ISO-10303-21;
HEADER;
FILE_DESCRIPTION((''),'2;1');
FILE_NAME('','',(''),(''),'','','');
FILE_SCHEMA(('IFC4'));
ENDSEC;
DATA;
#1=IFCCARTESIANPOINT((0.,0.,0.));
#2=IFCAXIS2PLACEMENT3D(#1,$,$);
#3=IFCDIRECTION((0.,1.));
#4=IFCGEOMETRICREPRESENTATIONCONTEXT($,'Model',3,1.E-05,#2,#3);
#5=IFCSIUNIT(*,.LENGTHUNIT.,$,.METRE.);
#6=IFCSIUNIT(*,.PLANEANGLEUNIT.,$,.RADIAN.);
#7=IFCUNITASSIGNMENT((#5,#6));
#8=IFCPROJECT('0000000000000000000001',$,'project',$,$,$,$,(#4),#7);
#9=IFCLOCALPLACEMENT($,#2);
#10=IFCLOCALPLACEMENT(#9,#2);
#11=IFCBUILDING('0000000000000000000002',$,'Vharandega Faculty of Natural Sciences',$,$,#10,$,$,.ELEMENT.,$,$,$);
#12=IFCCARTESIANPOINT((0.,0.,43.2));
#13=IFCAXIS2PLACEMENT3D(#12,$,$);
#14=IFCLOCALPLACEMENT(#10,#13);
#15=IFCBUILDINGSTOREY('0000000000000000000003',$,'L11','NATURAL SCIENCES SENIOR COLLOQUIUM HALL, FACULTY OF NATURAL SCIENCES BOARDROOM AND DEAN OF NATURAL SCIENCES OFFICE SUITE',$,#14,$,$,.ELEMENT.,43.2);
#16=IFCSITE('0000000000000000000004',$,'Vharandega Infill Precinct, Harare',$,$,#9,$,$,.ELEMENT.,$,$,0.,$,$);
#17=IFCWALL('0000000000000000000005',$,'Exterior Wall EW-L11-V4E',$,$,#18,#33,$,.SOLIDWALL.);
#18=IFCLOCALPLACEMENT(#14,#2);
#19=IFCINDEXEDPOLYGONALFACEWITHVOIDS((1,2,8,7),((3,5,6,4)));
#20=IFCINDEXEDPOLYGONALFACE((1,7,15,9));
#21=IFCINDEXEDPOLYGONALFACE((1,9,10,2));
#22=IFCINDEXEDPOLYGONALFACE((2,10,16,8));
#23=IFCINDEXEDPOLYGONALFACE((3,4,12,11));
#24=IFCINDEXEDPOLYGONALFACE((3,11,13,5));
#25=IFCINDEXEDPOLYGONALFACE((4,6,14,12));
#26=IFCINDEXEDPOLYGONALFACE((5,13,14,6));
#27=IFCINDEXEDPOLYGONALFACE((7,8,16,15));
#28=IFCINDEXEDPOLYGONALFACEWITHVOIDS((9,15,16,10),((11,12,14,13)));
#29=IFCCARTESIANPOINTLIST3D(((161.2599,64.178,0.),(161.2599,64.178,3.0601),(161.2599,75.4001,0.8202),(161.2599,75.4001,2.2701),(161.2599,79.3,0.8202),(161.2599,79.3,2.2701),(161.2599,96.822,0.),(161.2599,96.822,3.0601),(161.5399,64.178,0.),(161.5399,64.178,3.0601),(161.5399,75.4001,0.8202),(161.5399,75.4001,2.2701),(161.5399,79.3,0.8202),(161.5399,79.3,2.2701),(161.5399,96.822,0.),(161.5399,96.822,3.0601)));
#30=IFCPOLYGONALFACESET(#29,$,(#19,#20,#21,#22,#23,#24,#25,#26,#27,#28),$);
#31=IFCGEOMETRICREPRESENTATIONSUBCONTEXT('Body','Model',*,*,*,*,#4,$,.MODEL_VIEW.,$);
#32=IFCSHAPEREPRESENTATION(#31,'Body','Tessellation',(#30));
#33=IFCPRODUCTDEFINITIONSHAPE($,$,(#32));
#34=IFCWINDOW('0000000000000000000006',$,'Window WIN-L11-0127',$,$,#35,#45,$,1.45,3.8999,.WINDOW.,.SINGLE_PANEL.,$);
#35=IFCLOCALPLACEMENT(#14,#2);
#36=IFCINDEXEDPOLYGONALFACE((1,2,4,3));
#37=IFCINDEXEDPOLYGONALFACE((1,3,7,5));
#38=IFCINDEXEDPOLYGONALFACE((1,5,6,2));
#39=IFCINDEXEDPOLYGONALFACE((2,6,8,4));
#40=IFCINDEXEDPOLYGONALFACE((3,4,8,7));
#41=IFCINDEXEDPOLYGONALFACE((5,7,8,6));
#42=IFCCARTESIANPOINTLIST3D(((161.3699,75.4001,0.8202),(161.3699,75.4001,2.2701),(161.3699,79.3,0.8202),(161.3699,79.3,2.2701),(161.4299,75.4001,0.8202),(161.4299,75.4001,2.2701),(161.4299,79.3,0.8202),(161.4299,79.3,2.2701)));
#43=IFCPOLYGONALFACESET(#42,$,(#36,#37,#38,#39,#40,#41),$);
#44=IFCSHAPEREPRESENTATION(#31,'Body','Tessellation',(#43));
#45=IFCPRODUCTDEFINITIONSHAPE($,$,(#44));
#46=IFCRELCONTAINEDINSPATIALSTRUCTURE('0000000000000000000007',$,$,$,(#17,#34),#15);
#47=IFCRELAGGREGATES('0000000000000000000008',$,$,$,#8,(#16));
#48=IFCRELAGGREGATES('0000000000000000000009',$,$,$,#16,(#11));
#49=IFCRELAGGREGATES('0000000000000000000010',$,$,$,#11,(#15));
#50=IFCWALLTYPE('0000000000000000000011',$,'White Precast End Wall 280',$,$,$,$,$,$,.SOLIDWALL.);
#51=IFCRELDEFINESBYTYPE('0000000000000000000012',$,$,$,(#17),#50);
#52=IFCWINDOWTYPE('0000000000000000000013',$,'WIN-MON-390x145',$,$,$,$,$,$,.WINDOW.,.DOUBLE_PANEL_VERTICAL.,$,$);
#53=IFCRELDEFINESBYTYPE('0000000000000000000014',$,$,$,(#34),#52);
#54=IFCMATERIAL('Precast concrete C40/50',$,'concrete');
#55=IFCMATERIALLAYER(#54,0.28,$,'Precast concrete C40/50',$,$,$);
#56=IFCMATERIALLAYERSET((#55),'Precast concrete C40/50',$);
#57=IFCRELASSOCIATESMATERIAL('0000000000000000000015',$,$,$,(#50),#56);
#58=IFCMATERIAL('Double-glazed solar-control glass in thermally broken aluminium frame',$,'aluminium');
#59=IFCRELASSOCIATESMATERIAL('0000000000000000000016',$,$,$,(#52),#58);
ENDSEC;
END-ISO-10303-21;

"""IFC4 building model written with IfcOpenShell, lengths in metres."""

from ifc_helpers import new_model, si_unit, direction, frame, frame_2d, origin, place, context, subcontext, project, spatial, rectangle, extrude, material, layer, layer_set, type_object, element, fill, save


model = new_model("IFC4")

# Units and contexts
model_context = context("Model", 3, precision=1e-05, world=origin(), true_north=direction((0.0, 1.0)))
body_context = subcontext(model_context, "Body", "Model", "MODEL_VIEW")
ifc_project = project(units=[si_unit("LENGTHUNIT", "METRE"), si_unit("PLANEANGLEUNIT", "RADIAN")], contexts=[model_context])

# Site, building, storey
site_placement = place(None, origin())
site = spatial("IfcSite", under=ifc_project, at=site_placement, Name="Vharandega Infill Precinct, Harare", CompositionType="ELEMENT", RefElevation=0.0)
building_placement = place(site_placement, origin())
building = spatial("IfcBuilding", under=site, at=building_placement, Name="Vharandega Faculty of Natural Sciences", CompositionType="ELEMENT")
storey_placement = place(building_placement, frame((0.0, 0.0, 43.2)))
storey = spatial("IfcBuildingStorey", under=building, at=storey_placement, Name="L11", Description="NATURAL SCIENCES SENIOR COLLOQUIUM HALL, FACULTY OF NATURAL SCIENCES BOARDROOM AND DEAN OF NATURAL SCIENCES OFFICE SUITE", CompositionType="ELEMENT", Elevation=43.2)

# Wall, opening, window
ifc_material_1 = material(Name="Precast concrete C40/50", Category="concrete")
ifc_layer_1 = layer(ifc_material_1, 0.28, Name="Precast concrete C40/50")
ifc_layer_set_1 = layer_set([ifc_layer_1], Name="Precast concrete C40/50")
wall_type_1 = type_object("IfcWallType", Name="White Precast End Wall 280", PredefinedType="SOLIDWALL", material=ifc_layer_set_1)
wall_1_placement = place(storey_placement, frame((161.3999, 96.822, 0.0), z_axis=(0.0, 0.0, 1.0), x_axis=(0.0, -1.0, 0.0)))
wall_1 = element("IfcWall", 1, at=wall_1_placement, inside=storey, type_object=wall_type_1, Name="Exterior Wall EW-L11-V4E", PredefinedType="SOLIDWALL", context=body_context, shape_type="SweptSolid", body=[
    extrude(rectangle(XDim=32.644, YDim=0.28, at=frame_2d((16.322, 0.0))), origin(), (0.0, 0.0, 1.0), 3.0601),
])
opening_1_placement = place(wall_1_placement, frame((17.522, 0.0, 0.8201)))
opening_1 = element("IfcOpeningElement", 2, at=opening_1_placement, cuts=wall_1, PredefinedType="OPENING", context=body_context, shape_type="SweptSolid", body=[
    extrude(rectangle(XDim=3.8999, YDim=1.45, at=frame_2d((1.95, 0.7251))), frame((0.0, 0.1499, 0.0), z_axis=(0.0, -1.0, 0.0), x_axis=(1.0, 0.0, 0.0)), (0.0, 0.0, 1.0), 0.3),
])
ifc_material_2 = material(Name="Double-glazed solar-control glass in thermally broken aluminium frame", Category="aluminium")
window_type = type_object("IfcWindowType", Name="WIN-MON-390x145", PartitioningType="DOUBLE_PANEL_VERTICAL", PredefinedType="WINDOW", material=ifc_material_2)
window_placement = place(opening_1_placement, origin())
window = element("IfcWindow", 3, at=window_placement, inside=storey, type_object=window_type, Name="Window WIN-L11-0127", OverallHeight=1.45, OverallWidth=3.8999, PartitioningType="SINGLE_PANEL", PredefinedType="WINDOW", context=body_context, shape_type="SweptSolid", body=[
    extrude(rectangle(XDim=3.8999, YDim=1.45, at=frame_2d((1.95, 0.7251))), frame((0.0, 0.03, 0.0), z_axis=(0.0, -1.0, 0.0), x_axis=(1.0, 0.0, 0.0)), (0.0, 0.0, 1.0), 0.0601),
])
fill(opening_1, window)

save(model, "model.ifc")
